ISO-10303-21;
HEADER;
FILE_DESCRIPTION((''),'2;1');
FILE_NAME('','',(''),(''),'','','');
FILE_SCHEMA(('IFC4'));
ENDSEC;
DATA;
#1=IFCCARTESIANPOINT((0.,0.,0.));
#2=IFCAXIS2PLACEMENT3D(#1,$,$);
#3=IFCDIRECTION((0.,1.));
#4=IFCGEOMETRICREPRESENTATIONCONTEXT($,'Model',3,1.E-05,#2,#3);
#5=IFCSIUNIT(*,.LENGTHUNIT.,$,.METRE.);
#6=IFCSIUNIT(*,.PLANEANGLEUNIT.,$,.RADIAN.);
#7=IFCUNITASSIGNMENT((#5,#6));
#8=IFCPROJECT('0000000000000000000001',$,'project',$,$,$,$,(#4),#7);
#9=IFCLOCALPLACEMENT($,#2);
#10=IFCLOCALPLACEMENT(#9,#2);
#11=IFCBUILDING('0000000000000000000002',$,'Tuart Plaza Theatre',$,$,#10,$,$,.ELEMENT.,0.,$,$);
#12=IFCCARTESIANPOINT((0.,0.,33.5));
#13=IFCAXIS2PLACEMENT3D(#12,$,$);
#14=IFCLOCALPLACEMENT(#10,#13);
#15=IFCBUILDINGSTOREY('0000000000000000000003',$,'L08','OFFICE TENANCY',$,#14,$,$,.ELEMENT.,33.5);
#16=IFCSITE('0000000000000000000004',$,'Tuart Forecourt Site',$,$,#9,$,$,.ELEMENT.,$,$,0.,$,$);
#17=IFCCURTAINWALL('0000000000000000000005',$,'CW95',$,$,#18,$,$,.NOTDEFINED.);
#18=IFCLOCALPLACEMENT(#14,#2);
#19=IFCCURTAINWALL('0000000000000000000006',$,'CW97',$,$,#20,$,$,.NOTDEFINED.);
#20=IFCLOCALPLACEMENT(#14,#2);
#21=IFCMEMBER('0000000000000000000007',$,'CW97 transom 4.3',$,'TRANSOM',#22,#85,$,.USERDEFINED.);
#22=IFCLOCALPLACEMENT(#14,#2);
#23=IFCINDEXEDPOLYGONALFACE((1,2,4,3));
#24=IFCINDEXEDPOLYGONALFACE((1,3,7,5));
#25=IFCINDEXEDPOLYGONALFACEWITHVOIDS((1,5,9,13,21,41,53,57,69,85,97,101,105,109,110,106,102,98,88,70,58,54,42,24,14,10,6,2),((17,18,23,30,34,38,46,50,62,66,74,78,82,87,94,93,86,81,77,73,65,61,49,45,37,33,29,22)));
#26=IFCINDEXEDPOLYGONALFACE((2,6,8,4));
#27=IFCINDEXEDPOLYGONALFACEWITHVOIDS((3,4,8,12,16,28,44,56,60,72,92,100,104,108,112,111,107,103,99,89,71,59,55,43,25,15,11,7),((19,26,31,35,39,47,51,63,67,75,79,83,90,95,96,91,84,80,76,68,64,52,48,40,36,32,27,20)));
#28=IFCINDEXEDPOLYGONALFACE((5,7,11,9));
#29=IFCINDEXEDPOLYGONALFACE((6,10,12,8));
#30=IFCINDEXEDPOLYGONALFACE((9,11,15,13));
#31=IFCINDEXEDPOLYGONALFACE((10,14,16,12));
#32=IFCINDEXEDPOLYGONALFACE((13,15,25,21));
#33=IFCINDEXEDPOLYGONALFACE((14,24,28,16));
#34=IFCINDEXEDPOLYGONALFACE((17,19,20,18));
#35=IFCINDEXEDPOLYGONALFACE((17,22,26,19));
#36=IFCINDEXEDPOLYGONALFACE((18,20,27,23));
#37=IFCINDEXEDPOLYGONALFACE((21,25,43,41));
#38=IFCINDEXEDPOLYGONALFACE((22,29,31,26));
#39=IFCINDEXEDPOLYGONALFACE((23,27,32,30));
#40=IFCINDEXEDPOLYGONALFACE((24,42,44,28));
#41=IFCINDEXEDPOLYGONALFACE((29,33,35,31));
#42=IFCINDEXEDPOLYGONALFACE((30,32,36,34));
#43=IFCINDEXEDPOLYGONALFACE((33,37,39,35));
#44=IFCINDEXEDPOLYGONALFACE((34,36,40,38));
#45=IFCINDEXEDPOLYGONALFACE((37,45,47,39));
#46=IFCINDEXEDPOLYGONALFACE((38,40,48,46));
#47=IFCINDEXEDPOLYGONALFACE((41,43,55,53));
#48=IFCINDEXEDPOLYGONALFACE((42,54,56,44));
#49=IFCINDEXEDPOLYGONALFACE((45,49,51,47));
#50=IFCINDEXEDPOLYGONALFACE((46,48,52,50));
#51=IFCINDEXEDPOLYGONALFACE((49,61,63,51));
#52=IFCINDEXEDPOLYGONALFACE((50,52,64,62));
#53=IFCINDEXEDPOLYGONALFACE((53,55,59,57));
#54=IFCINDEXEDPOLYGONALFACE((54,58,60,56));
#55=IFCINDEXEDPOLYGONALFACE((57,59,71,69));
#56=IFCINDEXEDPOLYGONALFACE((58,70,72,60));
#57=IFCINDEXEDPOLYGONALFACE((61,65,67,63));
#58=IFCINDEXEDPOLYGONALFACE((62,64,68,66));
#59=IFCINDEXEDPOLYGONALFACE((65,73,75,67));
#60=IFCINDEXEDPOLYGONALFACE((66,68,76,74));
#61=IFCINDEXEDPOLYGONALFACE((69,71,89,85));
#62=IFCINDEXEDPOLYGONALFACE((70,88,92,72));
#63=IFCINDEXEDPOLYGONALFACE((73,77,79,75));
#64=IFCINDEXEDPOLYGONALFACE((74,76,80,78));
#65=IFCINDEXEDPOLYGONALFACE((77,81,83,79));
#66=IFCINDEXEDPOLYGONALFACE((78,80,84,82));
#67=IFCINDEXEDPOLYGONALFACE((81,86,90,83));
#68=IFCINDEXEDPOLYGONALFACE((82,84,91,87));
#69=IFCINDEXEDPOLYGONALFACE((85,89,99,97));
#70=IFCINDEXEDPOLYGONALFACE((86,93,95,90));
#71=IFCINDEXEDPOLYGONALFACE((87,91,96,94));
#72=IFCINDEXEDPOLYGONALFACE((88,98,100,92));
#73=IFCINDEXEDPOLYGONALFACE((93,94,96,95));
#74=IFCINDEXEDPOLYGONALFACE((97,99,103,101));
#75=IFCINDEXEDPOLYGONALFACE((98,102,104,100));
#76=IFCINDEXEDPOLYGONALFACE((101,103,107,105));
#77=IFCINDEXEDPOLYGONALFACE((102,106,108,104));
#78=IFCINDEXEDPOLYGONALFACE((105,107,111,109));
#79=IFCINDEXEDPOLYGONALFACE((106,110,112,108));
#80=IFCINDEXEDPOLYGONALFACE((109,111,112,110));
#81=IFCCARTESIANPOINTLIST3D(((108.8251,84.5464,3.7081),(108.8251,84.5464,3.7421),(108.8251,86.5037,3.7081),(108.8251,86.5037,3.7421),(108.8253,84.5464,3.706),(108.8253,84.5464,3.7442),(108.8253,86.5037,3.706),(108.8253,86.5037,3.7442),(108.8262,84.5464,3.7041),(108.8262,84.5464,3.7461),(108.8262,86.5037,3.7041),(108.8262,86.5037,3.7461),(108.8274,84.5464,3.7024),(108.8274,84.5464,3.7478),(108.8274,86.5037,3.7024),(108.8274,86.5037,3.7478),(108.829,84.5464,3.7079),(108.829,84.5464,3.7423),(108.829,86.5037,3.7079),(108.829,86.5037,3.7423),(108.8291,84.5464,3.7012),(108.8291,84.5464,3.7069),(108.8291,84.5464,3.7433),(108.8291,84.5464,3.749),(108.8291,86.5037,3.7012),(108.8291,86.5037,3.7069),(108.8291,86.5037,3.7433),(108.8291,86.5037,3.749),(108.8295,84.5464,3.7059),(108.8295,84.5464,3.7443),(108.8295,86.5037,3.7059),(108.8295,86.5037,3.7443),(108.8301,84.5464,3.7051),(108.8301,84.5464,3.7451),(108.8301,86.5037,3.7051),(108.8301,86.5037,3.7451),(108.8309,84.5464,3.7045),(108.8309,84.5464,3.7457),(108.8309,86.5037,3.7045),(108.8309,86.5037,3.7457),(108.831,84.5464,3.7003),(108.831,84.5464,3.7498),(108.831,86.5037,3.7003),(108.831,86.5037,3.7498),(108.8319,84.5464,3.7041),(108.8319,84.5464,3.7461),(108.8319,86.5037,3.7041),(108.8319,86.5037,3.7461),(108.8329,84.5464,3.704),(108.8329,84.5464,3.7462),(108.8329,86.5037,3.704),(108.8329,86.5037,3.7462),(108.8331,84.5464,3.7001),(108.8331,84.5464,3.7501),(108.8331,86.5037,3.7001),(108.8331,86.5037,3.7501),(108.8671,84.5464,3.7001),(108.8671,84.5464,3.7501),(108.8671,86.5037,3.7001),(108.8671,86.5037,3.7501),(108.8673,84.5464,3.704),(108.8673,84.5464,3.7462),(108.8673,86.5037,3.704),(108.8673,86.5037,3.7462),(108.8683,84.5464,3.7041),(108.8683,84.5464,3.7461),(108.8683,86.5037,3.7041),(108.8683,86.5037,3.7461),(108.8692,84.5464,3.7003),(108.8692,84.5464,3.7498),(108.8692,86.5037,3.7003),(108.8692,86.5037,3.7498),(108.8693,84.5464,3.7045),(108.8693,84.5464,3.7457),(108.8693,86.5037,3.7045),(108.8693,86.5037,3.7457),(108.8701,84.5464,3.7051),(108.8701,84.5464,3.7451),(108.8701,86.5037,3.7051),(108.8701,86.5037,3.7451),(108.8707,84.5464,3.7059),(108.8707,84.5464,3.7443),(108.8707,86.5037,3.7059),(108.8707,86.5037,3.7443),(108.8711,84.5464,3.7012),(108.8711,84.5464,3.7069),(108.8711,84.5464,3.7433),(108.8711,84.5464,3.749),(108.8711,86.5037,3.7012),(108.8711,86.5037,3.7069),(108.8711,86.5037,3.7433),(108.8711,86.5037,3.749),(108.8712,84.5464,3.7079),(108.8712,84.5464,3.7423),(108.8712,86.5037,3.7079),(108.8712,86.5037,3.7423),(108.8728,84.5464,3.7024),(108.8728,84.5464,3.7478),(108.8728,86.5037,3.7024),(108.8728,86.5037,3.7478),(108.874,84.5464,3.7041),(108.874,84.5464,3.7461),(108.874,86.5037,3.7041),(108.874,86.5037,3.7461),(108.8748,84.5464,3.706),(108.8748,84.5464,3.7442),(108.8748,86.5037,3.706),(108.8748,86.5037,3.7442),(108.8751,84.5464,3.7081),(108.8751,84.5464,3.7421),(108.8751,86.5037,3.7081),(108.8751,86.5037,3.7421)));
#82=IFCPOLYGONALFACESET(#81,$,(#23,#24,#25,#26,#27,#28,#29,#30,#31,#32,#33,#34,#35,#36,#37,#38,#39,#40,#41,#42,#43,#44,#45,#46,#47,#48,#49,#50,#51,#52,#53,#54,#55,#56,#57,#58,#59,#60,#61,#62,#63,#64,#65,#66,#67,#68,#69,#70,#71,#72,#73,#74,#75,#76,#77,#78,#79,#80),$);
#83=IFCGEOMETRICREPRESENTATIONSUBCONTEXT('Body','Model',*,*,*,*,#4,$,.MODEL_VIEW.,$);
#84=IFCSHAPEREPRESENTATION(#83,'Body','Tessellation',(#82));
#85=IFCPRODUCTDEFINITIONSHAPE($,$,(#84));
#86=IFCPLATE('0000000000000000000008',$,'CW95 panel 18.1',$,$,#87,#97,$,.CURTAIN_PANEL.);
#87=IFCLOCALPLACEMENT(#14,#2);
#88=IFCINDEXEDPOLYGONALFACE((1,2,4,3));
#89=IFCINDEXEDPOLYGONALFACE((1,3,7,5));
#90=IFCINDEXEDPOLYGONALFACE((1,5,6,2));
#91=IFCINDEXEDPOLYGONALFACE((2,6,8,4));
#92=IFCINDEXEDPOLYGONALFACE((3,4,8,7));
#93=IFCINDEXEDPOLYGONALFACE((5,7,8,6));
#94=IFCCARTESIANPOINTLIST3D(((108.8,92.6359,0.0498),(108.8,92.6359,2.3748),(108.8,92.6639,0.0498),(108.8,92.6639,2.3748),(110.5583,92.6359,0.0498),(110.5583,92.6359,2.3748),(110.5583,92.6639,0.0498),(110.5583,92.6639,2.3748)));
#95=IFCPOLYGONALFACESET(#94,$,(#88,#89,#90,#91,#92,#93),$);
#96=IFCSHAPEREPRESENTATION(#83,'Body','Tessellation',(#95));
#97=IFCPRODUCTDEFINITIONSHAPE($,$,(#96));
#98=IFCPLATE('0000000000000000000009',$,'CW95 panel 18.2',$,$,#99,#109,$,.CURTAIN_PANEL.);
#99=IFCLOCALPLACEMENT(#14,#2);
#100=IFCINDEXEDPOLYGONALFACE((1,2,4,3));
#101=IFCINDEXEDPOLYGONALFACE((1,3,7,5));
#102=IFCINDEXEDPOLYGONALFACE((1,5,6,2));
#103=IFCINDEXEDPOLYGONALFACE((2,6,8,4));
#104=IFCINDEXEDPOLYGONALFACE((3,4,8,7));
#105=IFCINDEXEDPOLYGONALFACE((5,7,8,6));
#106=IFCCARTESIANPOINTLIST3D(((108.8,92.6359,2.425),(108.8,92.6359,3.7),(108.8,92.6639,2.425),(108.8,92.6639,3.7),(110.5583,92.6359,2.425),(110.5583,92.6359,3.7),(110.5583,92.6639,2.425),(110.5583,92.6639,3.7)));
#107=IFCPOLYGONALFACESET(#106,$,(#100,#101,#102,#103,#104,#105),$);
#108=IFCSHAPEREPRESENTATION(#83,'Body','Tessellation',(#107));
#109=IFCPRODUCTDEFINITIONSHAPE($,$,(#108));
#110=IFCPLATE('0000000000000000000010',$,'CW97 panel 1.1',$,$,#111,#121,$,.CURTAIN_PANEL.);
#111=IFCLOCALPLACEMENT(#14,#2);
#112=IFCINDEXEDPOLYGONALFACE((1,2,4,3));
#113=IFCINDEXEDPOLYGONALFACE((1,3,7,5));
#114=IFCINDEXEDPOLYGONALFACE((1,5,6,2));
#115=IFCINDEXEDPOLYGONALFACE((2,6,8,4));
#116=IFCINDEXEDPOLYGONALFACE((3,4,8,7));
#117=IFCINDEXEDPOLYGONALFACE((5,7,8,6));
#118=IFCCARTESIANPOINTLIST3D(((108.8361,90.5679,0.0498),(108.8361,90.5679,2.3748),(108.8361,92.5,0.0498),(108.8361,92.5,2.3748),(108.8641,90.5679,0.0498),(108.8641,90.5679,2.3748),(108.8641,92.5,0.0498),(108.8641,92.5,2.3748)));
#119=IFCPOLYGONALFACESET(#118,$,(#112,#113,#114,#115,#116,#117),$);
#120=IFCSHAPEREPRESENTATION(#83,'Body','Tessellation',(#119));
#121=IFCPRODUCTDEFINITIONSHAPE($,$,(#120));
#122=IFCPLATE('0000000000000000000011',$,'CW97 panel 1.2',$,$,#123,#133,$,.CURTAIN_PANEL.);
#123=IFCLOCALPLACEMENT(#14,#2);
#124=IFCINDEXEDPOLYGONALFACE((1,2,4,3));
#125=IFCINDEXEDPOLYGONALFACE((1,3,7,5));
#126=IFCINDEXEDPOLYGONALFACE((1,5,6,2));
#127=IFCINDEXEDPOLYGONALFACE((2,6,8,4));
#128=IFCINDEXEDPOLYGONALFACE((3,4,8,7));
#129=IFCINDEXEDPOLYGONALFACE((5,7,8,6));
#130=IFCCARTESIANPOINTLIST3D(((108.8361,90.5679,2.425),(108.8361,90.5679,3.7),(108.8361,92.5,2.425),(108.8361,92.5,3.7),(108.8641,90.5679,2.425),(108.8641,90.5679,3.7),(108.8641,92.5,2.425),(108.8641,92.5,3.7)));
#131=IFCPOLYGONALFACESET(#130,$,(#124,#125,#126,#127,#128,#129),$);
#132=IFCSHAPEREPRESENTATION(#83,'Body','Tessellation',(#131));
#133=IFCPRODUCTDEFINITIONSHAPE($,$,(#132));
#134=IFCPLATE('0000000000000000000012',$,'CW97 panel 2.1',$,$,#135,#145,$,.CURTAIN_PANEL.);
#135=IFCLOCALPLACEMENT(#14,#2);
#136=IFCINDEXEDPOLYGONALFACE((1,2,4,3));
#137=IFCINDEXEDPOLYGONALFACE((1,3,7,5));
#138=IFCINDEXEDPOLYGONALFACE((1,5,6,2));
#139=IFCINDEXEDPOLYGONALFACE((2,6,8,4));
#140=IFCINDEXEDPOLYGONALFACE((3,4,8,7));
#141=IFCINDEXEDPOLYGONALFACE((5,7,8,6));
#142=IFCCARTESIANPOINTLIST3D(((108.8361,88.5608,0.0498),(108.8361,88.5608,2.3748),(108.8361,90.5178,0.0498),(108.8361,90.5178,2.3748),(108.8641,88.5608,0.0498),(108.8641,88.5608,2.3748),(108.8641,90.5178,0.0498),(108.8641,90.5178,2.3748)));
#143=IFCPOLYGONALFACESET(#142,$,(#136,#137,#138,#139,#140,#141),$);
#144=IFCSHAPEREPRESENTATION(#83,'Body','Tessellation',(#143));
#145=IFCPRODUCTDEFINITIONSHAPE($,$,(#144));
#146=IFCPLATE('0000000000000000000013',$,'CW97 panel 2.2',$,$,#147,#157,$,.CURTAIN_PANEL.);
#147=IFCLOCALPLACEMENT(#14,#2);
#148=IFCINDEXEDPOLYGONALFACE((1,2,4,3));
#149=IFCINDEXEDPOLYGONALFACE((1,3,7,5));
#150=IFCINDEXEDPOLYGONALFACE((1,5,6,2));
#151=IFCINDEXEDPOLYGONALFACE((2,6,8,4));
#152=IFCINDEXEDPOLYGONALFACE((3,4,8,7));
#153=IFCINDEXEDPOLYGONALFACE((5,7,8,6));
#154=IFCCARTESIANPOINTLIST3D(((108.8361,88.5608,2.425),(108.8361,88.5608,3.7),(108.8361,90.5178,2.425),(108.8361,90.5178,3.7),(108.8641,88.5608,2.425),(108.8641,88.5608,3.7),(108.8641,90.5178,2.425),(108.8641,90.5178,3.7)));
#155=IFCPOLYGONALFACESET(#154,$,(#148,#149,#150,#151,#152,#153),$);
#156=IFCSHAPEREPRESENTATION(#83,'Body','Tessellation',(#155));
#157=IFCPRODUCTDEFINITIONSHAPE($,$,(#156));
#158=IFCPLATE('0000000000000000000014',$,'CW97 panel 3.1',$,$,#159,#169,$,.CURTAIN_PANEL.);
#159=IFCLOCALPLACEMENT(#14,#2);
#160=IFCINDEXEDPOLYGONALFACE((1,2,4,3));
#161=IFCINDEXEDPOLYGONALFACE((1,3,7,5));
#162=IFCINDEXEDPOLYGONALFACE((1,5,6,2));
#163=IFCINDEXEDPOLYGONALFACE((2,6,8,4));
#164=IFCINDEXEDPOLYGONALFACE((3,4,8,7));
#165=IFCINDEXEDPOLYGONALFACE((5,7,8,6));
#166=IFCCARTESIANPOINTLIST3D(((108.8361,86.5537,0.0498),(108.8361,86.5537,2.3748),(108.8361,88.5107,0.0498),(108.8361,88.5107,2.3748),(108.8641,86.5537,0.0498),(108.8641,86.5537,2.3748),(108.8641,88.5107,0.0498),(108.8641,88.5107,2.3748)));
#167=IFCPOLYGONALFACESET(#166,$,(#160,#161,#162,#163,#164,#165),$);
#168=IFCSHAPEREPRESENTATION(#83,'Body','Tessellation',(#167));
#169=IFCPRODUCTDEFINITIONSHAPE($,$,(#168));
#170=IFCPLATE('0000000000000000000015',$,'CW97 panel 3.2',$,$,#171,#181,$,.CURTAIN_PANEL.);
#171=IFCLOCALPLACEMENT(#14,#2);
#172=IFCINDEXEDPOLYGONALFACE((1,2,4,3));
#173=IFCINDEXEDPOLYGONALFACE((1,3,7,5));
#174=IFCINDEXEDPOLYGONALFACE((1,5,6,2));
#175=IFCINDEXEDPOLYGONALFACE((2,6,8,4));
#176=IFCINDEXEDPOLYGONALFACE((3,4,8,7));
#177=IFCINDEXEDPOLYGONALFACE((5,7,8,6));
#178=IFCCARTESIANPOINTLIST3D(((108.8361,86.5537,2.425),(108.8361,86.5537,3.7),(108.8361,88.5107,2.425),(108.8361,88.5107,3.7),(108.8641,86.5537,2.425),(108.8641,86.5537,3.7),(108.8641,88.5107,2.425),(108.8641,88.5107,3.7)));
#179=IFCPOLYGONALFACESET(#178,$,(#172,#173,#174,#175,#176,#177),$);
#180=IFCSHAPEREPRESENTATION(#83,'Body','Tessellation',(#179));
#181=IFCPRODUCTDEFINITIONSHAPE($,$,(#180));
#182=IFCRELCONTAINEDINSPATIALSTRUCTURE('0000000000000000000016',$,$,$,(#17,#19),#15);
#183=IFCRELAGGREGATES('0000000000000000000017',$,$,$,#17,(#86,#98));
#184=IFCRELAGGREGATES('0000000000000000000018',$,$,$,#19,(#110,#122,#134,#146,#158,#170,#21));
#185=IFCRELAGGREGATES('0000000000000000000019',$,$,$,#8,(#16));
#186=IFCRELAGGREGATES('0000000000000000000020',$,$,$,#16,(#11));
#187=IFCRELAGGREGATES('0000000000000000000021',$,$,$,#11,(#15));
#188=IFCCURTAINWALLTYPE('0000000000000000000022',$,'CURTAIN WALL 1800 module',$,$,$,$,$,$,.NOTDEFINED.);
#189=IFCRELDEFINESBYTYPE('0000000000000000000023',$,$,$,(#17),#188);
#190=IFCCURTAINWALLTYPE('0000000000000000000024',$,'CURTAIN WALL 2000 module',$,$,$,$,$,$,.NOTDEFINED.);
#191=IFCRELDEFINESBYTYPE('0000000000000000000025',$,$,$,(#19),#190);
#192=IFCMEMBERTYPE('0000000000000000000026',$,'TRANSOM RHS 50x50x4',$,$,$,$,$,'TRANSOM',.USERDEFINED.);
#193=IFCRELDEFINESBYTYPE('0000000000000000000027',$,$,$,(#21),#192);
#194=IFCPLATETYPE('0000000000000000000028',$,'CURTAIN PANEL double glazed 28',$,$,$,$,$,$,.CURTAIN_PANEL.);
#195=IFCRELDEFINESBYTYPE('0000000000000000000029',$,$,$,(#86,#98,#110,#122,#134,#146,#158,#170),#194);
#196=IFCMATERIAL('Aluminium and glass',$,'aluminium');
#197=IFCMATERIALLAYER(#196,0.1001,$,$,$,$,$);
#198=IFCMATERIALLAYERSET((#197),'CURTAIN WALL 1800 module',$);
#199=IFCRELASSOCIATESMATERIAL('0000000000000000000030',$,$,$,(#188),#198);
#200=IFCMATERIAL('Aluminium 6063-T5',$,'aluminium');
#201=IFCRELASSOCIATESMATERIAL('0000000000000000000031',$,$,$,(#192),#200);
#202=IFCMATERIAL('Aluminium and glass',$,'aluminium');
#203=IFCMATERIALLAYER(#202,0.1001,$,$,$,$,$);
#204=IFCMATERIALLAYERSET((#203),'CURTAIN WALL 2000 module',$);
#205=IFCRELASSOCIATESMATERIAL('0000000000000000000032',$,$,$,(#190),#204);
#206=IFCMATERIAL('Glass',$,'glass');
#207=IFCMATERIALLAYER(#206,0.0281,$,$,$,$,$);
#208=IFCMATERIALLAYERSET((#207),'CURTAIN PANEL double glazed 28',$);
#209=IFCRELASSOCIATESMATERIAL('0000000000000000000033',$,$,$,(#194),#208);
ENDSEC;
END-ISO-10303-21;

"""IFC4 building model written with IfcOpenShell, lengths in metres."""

from ifc_helpers import new_model, si_unit, direction, frame, origin, origin_2d, place, context, subcontext, project, spatial, rectangle, hollow_rectangle, extrude, material, layer, layer_set, material_profile, profile_set, type_object, element, aggregate, save


model = new_model("IFC4")

# Units and contexts
model_context = context("Model", 3, precision=1e-05, world=origin(), true_north=direction((0.0, 1.0)))
body_context = subcontext(model_context, "Body", "Model", "MODEL_VIEW")
ifc_project = project(units=[si_unit("LENGTHUNIT", "METRE"), si_unit("PLANEANGLEUNIT", "RADIAN")], contexts=[model_context])

# Site, building, storey
site_placement = place(None, origin())
site = spatial("IfcSite", under=ifc_project, at=site_placement, Name="Tuart Forecourt Site", CompositionType="ELEMENT", RefElevation=0.0)
building_placement = place(site_placement, origin())
building = spatial("IfcBuilding", under=site, at=building_placement, Name="Tuart Plaza Theatre", CompositionType="ELEMENT", ElevationOfRefHeight=0.0)
storey_placement = place(building_placement, frame((0.0, 0.0, 33.5)))
storey = spatial("IfcBuildingStorey", under=building, at=storey_placement, Name="L08", Description="OFFICE TENANCY", CompositionType="ELEMENT", Elevation=33.5)

# Curtain walls, member
ifc_material_1 = material(Name="Aluminium and glass", Category="aluminium")
ifc_layer_1 = layer(ifc_material_1, 0.1001)
ifc_layer_set_1 = layer_set([ifc_layer_1], Name="CURTAIN WALL 1800 module")
curtain_wall_type_1 = type_object("IfcCurtainWallType", Name="CURTAIN WALL 1800 module", PredefinedType="NOTDEFINED", material=ifc_layer_set_1)
curtain_wall_1_placement = place(storey_placement, origin())
curtain_wall_1 = element("IfcCurtainWall", 1, at=curtain_wall_1_placement, inside=storey, type_object=curtain_wall_type_1, Name="CW95", PredefinedType="NOTDEFINED")
ifc_material_2 = material(Name="Aluminium 6063-T5", Category="aluminium")
ifc_material_profile_1 = material_profile(ifc_material_2, hollow_rectangle(XDim=0.05, YDim=0.05, WallThickness=0.0039, InnerFilletRadius=0.0039, OuterFilletRadius=0.0081, at=origin_2d()), Name="RHS 50x50x4")
ifc_profile_set_1 = profile_set([ifc_material_profile_1], Name="Aluminium 6063-T5")
member_type_1 = type_object("IfcMemberType", Name="TRANSOM RHS 50x50x4", ElementType="TRANSOM", PredefinedType="USERDEFINED", material=ifc_profile_set_1)
ifc_material_3 = material(Name="Aluminium and glass", Category="aluminium")
ifc_layer_2 = layer(ifc_material_3, 0.1001)
ifc_layer_set_2 = layer_set([ifc_layer_2], Name="CURTAIN WALL 2000 module")
curtain_wall_type_2 = type_object("IfcCurtainWallType", Name="CURTAIN WALL 2000 module", PredefinedType="NOTDEFINED", material=ifc_layer_set_2)
curtain_wall_2_placement = place(storey_placement, origin())
curtain_wall_2 = element("IfcCurtainWall", 2, at=curtain_wall_2_placement, inside=storey, type_object=curtain_wall_type_2, Name="CW97", PredefinedType="NOTDEFINED")
member_1_placement = place(storey_placement, frame((108.8501, 86.5037, 3.7251), z_axis=(0.0, -1.0, 0.0), x_axis=(1.0, 0.0, 0.0)))
member_1 = element("IfcMember", 3, at=member_1_placement, type_object=member_type_1, Name="CW97 transom 4.3", ObjectType="TRANSOM", PredefinedType="USERDEFINED", context=body_context, shape_type="SweptSolid", body=[
    extrude(hollow_rectangle(XDim=0.05, YDim=0.05, WallThickness=0.0039, InnerFilletRadius=0.0039, OuterFilletRadius=0.0081, at=origin_2d()), origin(), (0.0, 0.0, 1.0), 1.9573),
])

# Plates
ifc_material_4 = material(Name="Glass", Category="glass")
ifc_layer_3 = layer(ifc_material_4, 0.0281)
ifc_layer_set_3 = layer_set([ifc_layer_3], Name="CURTAIN PANEL double glazed 28")
plate_type = type_object("IfcPlateType", Name="CURTAIN PANEL double glazed 28", PredefinedType="CURTAIN_PANEL", material=ifc_layer_set_3)
plate_1_placement = place(storey_placement, frame((109.6792, 92.6499, 0.0498), z_axis=(0.0, 0.0, 1.0), x_axis=(-1.0, 0.0, 0.0)))
plate_1 = element("IfcPlate", 4, at=plate_1_placement, type_object=plate_type, Name="CW95 panel 18.1", PredefinedType="CURTAIN_PANEL", context=body_context, shape_type="SweptSolid", body=[
    extrude(rectangle(XDim=1.7583, YDim=0.0281, at=origin_2d()), origin(), (0.0, 0.0, 1.0), 2.325),
])
plate_2_placement = place(storey_placement, frame((109.6792, 92.6499, 2.425), z_axis=(0.0, 0.0, 1.0), x_axis=(-1.0, 0.0, 0.0)))
plate_2 = element("IfcPlate", 5, at=plate_2_placement, type_object=plate_type, Name="CW95 panel 18.2", PredefinedType="CURTAIN_PANEL", context=body_context, shape_type="SweptSolid", body=[
    extrude(rectangle(XDim=1.7583, YDim=0.0281, at=origin_2d()), origin(), (0.0, 0.0, 1.0), 1.2749),
])
aggregate(curtain_wall_1, [plate_1, plate_2])
plate_3_placement = place(storey_placement, frame((108.8501, 91.5339, 0.0498), z_axis=(0.0, 0.0, 1.0), x_axis=(0.0, -1.0, 0.0)))
plate_3 = element("IfcPlate", 6, at=plate_3_placement, type_object=plate_type, Name="CW97 panel 1.1", PredefinedType="CURTAIN_PANEL", context=body_context, shape_type="SweptSolid", body=[
    extrude(rectangle(XDim=1.9321, YDim=0.0281, at=origin_2d()), origin(), (0.0, 0.0, 1.0), 2.325),
])
plate_4_placement = place(storey_placement, frame((108.8501, 91.5339, 2.425), z_axis=(0.0, 0.0, 1.0), x_axis=(0.0, -1.0, 0.0)))
plate_4 = element("IfcPlate", 7, at=plate_4_placement, type_object=plate_type, Name="CW97 panel 1.2", PredefinedType="CURTAIN_PANEL", context=body_context, shape_type="SweptSolid", body=[
    extrude(rectangle(XDim=1.9321, YDim=0.0281, at=origin_2d()), origin(), (0.0, 0.0, 1.0), 1.2749),
])
plate_5_placement = place(storey_placement, frame((108.8501, 89.5393, 0.0498), z_axis=(0.0, 0.0, 1.0), x_axis=(0.0, -1.0, 0.0)))
plate_5 = element("IfcPlate", 8, at=plate_5_placement, type_object=plate_type, Name="CW97 panel 2.1", PredefinedType="CURTAIN_PANEL", context=body_context, shape_type="SweptSolid", body=[
    extrude(rectangle(XDim=1.957, YDim=0.0281, at=origin_2d()), origin(), (0.0, 0.0, 1.0), 2.325),
])
plate_6_placement = place(storey_placement, frame((108.8501, 89.5393, 2.425), z_axis=(0.0, 0.0, 1.0), x_axis=(0.0, -1.0, 0.0)))
plate_6 = element("IfcPlate", 9, at=plate_6_placement, type_object=plate_type, Name="CW97 panel 2.2", PredefinedType="CURTAIN_PANEL", context=body_context, shape_type="SweptSolid", body=[
    extrude(rectangle(XDim=1.957, YDim=0.0281, at=origin_2d()), origin(), (0.0, 0.0, 1.0), 1.2749),
])
plate_7_placement = place(storey_placement, frame((108.8501, 87.5322, 0.0498), z_axis=(0.0, 0.0, 1.0), x_axis=(0.0, -1.0, 0.0)))
plate_7 = element("IfcPlate", 10, at=plate_7_placement, type_object=plate_type, Name="CW97 panel 3.1", PredefinedType="CURTAIN_PANEL", context=body_context, shape_type="SweptSolid", body=[
    extrude(rectangle(XDim=1.957, YDim=0.0281, at=origin_2d()), origin(), (0.0, 0.0, 1.0), 2.325),
])
plate_8_placement = place(storey_placement, frame((108.8501, 87.5322, 2.425), z_axis=(0.0, 0.0, 1.0), x_axis=(0.0, -1.0, 0.0)))
plate_8 = element("IfcPlate", 11, at=plate_8_placement, type_object=plate_type, Name="CW97 panel 3.2", PredefinedType="CURTAIN_PANEL", context=body_context, shape_type="SweptSolid", body=[
    extrude(rectangle(XDim=1.957, YDim=0.0281, at=origin_2d()), origin(), (0.0, 0.0, 1.0), 1.2749),
])
aggregate(curtain_wall_2, [plate_3, plate_4, plate_5, plate_6, plate_7, plate_8, member_1])

save(model, "model.ifc")
